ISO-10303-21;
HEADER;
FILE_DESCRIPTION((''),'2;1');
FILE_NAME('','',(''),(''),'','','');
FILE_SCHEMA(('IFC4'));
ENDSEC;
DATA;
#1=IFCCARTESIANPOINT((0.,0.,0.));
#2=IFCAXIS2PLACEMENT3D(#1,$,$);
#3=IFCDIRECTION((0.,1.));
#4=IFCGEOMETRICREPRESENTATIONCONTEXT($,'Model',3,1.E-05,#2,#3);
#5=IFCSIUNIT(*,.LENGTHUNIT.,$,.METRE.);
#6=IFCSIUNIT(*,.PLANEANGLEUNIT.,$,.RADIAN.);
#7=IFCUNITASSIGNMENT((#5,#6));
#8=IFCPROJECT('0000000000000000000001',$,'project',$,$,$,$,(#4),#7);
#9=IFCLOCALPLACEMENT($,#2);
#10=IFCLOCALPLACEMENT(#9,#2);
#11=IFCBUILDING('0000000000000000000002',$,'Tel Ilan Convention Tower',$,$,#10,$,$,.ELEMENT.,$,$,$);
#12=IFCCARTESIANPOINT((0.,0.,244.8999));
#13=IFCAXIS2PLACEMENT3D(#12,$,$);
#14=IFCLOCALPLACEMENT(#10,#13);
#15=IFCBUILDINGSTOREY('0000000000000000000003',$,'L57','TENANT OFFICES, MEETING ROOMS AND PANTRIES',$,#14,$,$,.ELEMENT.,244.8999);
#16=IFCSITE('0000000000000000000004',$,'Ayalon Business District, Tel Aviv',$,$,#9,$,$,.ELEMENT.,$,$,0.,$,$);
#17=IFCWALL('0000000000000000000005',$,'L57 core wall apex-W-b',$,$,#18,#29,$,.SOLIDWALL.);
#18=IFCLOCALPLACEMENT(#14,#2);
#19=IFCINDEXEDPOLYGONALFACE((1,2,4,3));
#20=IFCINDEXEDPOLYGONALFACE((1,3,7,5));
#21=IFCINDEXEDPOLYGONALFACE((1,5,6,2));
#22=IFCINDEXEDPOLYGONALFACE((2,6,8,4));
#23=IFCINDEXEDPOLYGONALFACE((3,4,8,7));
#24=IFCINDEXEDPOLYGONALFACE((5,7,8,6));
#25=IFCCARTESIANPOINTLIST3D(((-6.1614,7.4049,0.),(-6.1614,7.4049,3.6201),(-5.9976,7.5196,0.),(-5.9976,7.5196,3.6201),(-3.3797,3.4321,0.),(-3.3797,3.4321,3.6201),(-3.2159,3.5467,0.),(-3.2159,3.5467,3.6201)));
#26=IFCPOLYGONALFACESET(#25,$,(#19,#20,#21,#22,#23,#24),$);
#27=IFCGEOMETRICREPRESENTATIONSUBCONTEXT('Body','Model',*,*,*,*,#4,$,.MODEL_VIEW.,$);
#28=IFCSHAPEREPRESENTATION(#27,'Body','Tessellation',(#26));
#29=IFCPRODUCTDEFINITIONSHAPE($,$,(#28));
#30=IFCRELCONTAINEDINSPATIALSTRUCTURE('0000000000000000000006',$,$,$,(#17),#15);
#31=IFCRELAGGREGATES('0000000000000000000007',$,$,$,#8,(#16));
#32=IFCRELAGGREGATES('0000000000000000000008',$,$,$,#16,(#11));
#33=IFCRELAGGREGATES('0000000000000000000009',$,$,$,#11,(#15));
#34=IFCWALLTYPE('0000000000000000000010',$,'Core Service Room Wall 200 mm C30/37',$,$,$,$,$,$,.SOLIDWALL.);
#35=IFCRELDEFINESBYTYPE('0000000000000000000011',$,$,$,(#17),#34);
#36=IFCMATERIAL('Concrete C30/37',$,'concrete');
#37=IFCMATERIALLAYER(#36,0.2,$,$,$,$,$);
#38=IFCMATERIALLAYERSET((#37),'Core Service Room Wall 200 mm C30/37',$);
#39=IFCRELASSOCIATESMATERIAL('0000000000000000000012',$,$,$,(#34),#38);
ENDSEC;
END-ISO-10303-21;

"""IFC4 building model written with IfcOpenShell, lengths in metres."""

from ifc_helpers import new_model, si_unit, direction, frame, frame_2d, origin, place, context, subcontext, project, spatial, rectangle, extrude, material, layer, layer_set, type_object, element, save


model = new_model("IFC4")

# Units and contexts
model_context = context("Model", 3, precision=1e-05, world=origin(), true_north=direction((0.0, 1.0)))
body_context = subcontext(model_context, "Body", "Model", "MODEL_VIEW")
ifc_project = project(units=[si_unit("LENGTHUNIT", "METRE"), si_unit("PLANEANGLEUNIT", "RADIAN")], contexts=[model_context])

# Site, building, storey
site_placement = place(None, origin())
site = spatial("IfcSite", under=ifc_project, at=site_placement, Name="Ayalon Business District, Tel Aviv", CompositionType="ELEMENT", RefElevation=0.0)
building_placement = place(site_placement, origin())
building = spatial("IfcBuilding", under=site, at=building_placement, Name="Tel Ilan Convention Tower", CompositionType="ELEMENT")
storey_placement = place(building_placement, frame((0.0, 0.0, 244.8999)))
storey = spatial("IfcBuildingStorey", under=building, at=storey_placement, Name="L57", Description="TENANT OFFICES, MEETING ROOMS AND PANTRIES", CompositionType="ELEMENT", Elevation=244.8999)

# Wall
ifc_material_1 = material(Name="Concrete C30/37", Category="concrete")
ifc_layer_1 = layer(ifc_material_1, 0.2)
ifc_layer_set_1 = layer_set([ifc_layer_1], Name="Core Service Room Wall 200 mm C30/37")
wall_type_1 = type_object("IfcWallType", Name="Core Service Room Wall 200 mm C30/37", PredefinedType="SOLIDWALL", material=ifc_layer_set_1)
wall_1_placement = place(storey_placement, frame((-3.2979, 3.4895, 0.0), z_axis=(0.0, 0.0, 1.0), x_axis=(-0.57356, 0.819163, 0.0)))
element("IfcWall", 1, at=wall_1_placement, inside=storey, type_object=wall_type_1, Name="L57 core wall apex-W-b", PredefinedType="SOLIDWALL", context=body_context, shape_type="SweptSolid", body=[
    extrude(rectangle(XDim=4.8499, YDim=0.2, at=frame_2d((2.4248, 0.0))), origin(), (0.0, 0.0, 1.0), 3.6201),
])

save(model, "model.ifc")
